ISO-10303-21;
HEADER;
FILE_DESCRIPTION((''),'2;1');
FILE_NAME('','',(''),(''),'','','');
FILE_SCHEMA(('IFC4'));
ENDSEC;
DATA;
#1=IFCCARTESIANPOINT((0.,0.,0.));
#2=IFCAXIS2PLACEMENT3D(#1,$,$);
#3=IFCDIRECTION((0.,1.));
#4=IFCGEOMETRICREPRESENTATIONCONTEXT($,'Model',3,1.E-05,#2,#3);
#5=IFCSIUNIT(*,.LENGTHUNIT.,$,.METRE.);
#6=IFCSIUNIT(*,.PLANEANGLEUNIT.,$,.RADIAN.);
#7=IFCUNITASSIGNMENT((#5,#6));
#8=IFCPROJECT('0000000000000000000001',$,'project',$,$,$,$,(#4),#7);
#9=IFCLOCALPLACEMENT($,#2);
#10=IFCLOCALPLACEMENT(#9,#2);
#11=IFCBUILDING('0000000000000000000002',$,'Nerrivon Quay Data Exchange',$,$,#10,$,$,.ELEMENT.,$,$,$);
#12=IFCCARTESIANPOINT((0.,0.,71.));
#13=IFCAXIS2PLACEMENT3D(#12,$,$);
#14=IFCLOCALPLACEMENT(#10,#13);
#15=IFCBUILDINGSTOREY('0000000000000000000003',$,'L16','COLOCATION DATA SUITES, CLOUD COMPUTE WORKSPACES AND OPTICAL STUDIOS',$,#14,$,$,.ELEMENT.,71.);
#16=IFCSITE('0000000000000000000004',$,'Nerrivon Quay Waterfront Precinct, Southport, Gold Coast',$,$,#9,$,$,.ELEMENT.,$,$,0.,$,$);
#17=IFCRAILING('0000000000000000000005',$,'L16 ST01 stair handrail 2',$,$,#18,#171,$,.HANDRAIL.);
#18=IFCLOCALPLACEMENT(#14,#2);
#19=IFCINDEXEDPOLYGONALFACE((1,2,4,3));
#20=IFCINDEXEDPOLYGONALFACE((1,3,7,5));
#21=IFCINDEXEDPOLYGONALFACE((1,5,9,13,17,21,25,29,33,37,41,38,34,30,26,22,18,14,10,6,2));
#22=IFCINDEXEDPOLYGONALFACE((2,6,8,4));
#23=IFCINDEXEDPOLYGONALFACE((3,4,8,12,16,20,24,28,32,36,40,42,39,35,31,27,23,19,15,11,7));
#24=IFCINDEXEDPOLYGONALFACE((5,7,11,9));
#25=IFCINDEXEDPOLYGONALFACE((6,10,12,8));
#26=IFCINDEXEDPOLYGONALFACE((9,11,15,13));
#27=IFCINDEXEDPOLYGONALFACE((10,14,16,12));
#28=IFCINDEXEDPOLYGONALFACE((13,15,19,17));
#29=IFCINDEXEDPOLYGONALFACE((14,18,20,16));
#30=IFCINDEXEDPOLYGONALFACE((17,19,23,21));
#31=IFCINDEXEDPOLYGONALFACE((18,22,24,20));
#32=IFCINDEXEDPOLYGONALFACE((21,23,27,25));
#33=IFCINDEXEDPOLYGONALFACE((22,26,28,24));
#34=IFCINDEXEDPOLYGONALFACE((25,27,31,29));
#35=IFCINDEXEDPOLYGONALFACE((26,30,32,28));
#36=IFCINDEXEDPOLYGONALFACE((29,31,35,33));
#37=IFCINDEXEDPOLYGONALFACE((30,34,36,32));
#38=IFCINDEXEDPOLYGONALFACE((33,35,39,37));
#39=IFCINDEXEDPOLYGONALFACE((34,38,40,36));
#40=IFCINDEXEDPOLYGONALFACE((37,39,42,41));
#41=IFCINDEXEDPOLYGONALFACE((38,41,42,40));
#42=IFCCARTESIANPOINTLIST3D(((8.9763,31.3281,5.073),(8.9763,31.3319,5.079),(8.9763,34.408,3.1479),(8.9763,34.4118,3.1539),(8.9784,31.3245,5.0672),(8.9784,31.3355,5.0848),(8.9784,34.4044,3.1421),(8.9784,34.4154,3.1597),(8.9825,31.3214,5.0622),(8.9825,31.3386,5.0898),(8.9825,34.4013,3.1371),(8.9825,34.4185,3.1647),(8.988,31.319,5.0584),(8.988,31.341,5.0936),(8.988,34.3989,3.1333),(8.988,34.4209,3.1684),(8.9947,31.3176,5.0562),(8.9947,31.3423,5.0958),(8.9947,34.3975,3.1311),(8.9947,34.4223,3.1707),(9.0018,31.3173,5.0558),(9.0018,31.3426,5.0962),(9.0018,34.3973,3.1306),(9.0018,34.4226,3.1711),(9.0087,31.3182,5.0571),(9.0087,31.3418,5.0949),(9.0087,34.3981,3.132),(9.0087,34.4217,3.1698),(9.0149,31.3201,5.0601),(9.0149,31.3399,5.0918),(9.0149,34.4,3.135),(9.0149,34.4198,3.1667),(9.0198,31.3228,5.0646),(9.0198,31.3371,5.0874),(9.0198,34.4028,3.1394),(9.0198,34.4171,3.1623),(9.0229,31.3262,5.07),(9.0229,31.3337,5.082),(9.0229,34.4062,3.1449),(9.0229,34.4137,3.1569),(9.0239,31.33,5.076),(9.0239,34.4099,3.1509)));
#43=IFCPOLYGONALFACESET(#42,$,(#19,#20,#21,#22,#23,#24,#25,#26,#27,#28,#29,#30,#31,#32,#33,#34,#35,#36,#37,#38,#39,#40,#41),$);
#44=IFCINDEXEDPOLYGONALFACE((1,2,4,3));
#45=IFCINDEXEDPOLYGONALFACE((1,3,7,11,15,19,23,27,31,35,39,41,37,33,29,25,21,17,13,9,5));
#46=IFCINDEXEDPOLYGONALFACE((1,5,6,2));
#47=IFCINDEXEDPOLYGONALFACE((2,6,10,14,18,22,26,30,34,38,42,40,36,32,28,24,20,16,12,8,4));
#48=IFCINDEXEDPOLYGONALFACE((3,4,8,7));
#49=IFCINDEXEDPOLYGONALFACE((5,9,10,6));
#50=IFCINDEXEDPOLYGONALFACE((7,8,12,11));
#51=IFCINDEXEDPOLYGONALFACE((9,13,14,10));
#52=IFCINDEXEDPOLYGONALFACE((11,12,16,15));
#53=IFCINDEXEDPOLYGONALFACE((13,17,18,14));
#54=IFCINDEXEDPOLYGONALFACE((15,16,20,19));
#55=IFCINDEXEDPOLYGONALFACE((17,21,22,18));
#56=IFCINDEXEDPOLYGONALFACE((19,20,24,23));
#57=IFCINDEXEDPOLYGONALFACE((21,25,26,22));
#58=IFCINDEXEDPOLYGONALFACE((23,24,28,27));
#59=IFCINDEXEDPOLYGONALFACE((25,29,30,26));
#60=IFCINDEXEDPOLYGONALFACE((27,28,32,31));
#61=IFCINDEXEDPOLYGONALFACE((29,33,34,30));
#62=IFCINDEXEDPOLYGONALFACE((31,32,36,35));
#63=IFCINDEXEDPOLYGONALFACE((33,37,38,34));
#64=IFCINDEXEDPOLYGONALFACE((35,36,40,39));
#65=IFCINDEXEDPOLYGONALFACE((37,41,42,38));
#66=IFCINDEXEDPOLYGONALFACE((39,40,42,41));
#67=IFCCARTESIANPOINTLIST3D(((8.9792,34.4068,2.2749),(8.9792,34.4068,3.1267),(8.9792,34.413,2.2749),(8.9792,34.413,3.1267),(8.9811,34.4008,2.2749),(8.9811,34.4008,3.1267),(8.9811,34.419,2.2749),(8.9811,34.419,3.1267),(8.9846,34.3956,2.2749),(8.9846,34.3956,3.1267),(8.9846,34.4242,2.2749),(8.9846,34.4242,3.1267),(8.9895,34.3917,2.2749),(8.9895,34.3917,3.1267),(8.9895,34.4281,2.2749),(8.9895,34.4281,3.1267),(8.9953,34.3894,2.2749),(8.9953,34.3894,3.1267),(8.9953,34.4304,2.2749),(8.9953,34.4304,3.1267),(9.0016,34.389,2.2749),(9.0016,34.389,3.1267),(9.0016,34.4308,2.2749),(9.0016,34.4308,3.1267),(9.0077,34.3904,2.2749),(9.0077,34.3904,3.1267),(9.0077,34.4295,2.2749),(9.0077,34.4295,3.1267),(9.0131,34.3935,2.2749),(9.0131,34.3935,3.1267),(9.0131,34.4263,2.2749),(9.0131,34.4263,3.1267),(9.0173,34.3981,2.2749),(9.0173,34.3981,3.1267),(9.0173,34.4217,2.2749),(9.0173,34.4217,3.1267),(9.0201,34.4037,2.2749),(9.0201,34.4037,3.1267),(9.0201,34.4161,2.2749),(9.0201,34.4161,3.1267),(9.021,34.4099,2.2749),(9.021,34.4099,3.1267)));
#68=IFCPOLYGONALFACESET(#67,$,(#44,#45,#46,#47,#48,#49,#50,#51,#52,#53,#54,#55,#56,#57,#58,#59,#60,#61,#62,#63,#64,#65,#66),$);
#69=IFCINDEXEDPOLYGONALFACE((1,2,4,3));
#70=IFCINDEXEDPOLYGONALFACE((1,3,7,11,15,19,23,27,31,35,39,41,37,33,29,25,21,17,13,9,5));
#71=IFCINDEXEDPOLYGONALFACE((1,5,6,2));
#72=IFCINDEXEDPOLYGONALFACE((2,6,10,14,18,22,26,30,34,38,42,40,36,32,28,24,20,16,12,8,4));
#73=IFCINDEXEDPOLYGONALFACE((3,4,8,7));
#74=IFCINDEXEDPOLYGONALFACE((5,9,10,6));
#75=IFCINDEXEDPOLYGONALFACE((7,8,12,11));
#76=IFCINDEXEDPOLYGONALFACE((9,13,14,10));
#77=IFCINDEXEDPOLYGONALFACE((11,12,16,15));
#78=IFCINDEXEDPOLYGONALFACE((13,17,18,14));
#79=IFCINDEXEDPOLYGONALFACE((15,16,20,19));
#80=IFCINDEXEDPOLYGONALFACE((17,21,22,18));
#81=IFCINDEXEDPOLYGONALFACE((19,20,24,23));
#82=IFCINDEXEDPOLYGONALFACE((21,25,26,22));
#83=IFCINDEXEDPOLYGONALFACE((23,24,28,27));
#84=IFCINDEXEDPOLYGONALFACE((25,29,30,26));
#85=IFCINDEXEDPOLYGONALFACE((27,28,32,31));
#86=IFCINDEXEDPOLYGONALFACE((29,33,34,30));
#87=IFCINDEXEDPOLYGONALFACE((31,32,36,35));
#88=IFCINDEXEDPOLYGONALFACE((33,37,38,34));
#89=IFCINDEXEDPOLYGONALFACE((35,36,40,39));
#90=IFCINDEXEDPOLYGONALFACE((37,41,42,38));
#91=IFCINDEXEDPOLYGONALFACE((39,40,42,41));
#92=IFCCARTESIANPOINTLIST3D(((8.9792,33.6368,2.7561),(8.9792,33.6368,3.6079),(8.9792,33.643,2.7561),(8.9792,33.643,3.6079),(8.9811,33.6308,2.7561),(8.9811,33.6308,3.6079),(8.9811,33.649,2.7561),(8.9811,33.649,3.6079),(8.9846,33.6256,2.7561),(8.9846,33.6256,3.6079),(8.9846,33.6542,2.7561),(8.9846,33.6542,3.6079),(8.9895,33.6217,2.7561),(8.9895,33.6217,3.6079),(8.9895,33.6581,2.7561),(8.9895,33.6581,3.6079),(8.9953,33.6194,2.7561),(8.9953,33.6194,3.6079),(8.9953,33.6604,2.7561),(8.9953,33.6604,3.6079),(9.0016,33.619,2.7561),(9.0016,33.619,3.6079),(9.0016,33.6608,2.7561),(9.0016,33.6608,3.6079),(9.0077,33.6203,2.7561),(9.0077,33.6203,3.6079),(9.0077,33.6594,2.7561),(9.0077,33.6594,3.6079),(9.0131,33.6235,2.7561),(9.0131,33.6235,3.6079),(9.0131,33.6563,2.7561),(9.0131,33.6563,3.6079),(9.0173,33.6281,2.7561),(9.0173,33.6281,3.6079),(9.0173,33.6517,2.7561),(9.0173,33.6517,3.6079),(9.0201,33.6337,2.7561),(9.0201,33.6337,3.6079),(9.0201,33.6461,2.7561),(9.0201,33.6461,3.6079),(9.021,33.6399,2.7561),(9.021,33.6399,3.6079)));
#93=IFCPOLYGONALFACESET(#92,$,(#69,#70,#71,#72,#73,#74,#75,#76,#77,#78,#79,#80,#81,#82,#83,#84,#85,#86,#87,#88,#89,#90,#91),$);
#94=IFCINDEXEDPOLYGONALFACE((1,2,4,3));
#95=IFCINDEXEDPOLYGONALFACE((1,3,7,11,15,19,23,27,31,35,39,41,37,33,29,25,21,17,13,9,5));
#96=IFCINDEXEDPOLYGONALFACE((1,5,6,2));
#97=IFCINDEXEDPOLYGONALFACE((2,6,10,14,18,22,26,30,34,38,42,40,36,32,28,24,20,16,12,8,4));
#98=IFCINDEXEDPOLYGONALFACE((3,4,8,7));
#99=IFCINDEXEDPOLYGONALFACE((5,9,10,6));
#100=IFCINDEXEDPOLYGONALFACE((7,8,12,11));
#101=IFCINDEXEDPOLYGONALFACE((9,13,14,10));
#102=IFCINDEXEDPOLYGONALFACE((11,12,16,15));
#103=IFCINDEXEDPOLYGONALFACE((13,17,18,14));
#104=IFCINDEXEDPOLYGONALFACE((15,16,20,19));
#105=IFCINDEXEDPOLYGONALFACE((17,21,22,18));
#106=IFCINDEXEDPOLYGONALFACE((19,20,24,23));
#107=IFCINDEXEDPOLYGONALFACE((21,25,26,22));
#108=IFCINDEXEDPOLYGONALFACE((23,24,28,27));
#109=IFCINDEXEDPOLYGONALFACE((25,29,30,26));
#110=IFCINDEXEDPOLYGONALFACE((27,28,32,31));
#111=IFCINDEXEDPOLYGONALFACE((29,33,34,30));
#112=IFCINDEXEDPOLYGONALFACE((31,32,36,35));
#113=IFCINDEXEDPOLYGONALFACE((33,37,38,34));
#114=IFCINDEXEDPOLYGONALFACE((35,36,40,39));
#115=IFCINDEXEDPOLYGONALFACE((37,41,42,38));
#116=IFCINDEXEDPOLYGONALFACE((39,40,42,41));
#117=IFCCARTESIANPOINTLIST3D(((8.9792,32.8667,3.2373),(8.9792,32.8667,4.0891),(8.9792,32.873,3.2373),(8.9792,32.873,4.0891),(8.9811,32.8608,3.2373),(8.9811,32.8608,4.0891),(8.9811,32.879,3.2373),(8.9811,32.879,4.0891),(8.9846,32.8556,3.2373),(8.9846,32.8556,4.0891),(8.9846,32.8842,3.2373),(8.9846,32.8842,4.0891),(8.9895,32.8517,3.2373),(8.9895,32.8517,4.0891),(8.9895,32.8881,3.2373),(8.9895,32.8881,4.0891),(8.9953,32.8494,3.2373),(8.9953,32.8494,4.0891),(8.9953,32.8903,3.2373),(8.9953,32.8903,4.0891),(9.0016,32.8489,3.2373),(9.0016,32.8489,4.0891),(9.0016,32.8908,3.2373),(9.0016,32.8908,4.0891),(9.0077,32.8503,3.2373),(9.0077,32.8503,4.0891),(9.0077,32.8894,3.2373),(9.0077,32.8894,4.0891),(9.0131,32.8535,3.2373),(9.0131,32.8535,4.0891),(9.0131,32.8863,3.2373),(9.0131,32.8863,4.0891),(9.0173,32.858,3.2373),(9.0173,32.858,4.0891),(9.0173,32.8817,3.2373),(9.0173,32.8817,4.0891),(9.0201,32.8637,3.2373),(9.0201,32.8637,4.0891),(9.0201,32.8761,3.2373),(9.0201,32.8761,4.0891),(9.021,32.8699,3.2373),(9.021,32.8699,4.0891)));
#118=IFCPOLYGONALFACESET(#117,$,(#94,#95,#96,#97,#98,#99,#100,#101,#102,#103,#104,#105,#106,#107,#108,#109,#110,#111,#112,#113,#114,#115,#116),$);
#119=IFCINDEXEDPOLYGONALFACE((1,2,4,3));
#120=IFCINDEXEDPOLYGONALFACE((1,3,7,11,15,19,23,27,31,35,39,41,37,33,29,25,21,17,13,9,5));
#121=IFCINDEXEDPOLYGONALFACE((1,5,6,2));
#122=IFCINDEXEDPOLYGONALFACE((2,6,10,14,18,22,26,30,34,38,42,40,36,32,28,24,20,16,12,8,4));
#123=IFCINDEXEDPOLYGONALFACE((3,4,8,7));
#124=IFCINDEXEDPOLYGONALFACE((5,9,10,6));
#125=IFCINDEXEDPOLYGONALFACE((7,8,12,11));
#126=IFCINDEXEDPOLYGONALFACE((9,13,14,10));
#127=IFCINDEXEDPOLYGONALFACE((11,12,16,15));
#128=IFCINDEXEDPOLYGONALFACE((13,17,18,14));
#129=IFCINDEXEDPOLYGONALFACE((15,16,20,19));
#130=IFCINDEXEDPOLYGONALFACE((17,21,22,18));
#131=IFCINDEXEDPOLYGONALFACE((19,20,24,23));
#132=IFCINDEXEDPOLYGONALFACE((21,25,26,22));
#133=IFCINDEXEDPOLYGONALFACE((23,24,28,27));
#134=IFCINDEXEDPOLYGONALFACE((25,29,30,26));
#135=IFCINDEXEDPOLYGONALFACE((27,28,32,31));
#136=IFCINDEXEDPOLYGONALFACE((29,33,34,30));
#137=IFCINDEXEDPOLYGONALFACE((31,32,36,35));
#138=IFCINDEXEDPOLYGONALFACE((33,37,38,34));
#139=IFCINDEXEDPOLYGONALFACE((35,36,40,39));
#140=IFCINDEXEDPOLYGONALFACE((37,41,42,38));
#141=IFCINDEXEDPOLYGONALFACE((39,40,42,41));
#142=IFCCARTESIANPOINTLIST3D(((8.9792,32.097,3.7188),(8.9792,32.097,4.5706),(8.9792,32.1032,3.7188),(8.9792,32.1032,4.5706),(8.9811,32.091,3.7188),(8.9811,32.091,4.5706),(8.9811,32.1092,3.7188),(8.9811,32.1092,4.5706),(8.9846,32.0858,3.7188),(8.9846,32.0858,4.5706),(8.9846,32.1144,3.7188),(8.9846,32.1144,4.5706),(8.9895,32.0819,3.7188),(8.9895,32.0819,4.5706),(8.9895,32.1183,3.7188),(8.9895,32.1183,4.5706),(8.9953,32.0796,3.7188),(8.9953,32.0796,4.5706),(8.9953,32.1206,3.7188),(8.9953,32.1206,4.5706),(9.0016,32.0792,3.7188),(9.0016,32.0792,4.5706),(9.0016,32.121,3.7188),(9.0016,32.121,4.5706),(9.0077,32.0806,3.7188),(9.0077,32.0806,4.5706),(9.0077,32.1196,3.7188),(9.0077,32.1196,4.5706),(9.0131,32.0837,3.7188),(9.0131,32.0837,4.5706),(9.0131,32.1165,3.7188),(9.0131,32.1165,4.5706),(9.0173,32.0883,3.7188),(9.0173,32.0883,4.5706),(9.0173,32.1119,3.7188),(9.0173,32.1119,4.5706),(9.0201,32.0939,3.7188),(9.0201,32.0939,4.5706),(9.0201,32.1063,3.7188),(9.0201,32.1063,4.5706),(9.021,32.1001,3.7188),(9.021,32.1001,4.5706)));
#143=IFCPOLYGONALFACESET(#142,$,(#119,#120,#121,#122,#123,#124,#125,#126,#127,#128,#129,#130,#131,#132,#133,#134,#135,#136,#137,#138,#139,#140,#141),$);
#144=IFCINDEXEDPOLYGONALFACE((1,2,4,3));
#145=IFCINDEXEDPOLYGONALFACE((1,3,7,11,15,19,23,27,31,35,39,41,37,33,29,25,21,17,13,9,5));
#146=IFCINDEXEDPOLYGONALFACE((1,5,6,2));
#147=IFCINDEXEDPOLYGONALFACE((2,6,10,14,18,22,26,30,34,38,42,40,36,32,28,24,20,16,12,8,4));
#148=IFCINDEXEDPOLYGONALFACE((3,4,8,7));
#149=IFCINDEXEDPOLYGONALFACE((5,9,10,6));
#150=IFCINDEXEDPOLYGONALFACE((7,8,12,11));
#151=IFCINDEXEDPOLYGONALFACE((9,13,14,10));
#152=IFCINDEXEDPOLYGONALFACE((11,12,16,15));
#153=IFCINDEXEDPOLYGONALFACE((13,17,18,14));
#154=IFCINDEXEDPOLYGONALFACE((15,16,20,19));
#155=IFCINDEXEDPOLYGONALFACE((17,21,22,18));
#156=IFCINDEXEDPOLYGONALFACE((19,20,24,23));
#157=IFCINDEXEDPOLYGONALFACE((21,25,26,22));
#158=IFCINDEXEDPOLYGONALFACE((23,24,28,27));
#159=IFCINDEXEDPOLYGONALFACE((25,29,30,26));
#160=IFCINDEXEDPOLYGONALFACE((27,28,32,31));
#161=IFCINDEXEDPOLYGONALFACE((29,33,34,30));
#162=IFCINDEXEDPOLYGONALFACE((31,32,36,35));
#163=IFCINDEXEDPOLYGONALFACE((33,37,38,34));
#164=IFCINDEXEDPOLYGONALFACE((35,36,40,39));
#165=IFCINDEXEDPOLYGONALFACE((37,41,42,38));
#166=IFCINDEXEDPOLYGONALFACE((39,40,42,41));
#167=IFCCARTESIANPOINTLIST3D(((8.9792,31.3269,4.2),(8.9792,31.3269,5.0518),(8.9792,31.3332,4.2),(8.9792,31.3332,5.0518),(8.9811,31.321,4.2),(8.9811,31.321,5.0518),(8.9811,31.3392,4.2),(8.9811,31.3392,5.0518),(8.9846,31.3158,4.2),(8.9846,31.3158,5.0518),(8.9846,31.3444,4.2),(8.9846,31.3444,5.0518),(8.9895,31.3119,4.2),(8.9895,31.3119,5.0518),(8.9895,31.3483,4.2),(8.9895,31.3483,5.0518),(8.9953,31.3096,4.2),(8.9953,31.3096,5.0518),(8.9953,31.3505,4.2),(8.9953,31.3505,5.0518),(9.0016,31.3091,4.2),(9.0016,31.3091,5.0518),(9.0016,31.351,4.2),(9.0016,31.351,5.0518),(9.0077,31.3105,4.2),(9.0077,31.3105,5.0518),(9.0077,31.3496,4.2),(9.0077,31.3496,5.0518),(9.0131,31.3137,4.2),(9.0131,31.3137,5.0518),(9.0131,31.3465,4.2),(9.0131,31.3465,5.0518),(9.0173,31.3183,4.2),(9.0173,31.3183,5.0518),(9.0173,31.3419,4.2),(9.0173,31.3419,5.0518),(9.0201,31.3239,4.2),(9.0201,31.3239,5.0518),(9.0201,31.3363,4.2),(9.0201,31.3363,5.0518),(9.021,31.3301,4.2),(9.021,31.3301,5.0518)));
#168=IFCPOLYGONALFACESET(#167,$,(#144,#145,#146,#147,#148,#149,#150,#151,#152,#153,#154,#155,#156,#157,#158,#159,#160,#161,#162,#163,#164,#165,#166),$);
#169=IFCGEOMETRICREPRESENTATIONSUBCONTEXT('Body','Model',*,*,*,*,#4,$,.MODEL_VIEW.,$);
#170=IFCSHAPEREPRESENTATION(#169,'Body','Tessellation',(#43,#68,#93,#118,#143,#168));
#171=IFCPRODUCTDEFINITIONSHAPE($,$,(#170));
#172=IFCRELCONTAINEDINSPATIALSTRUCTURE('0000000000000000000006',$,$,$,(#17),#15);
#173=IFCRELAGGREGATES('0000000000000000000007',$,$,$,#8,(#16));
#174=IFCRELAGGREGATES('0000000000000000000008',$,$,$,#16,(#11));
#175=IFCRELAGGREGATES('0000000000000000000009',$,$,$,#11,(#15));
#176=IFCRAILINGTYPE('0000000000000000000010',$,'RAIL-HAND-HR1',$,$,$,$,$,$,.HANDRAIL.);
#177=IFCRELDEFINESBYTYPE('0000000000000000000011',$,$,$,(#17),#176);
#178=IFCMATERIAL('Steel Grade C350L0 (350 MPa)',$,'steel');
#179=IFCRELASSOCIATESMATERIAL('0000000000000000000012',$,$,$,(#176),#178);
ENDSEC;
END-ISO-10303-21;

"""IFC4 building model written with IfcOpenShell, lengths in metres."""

from ifc_helpers import new_model, si_unit, direction, frame, origin, origin_2d, place, context, subcontext, project, spatial, circle, extrude, material, type_object, element, save


model = new_model("IFC4")

# Units and contexts
model_context = context("Model", 3, precision=1e-05, world=origin(), true_north=direction((0.0, 1.0)))
body_context = subcontext(model_context, "Body", "Model", "MODEL_VIEW")
ifc_project = project(units=[si_unit("LENGTHUNIT", "METRE"), si_unit("PLANEANGLEUNIT", "RADIAN")], contexts=[model_context])

# Site, building, storey
site_placement = place(None, origin())
site = spatial("IfcSite", under=ifc_project, at=site_placement, Name="Nerrivon Quay Waterfront Precinct, Southport, Gold Coast", CompositionType="ELEMENT", RefElevation=0.0)
building_placement = place(site_placement, origin())
building = spatial("IfcBuilding", under=site, at=building_placement, Name="Nerrivon Quay Data Exchange", CompositionType="ELEMENT")
storey_placement = place(building_placement, frame((0.0, 0.0, 71.0)))
storey = spatial("IfcBuildingStorey", under=building, at=storey_placement, Name="L16", Description="COLOCATION DATA SUITES, CLOUD COMPUTE WORKSPACES AND OPTICAL STUDIOS", CompositionType="ELEMENT", Elevation=71.0)

# Railing
ifc_material_1 = material(Name="Steel Grade C350L0 (350 MPa)", Category="steel")
railing_type_1 = type_object("IfcRailingType", Name="RAIL-HAND-HR1", PredefinedType="HANDRAIL", material=ifc_material_1)
railing_1_placement = place(storey_placement, frame((9.0, 34.4099, 2.2749)))
element("IfcRailing", 1, at=railing_1_placement, inside=storey, type_object=railing_type_1, Name="L16 ST01 stair handrail 2", PredefinedType="HANDRAIL", context=body_context, shape_type="SweptSolid", body=[
    extrude(circle(Radius=0.0239, at=origin_2d()), frame((0.0, 0.0, 0.876), z_axis=(0.0, -0.847979, 0.530029), x_axis=(1.0, 0.0, 0.0)), (0.0, 0.0, 1.0), 3.6321),
    extrude(circle(Radius=0.021, at=origin_2d()), origin(), (0.0, 0.0, 1.0), 0.8518),
    extrude(circle(Radius=0.021, at=origin_2d()), frame((0.0, -0.77, 0.4812)), (0.0, 0.0, 1.0), 0.8518),
    extrude(circle(Radius=0.021, at=origin_2d()), frame((0.0, -1.54, 0.9624)), (0.0, 0.0, 1.0), 0.8518),
    extrude(circle(Radius=0.021, at=origin_2d()), frame((0.0, -2.3098, 1.4438)), (0.0, 0.0, 1.0), 0.8518),
    extrude(circle(Radius=0.021, at=origin_2d()), frame((0.0, -3.0798, 1.925)), (0.0, 0.0, 1.0), 0.8518),
])

save(model, "model.ifc")
